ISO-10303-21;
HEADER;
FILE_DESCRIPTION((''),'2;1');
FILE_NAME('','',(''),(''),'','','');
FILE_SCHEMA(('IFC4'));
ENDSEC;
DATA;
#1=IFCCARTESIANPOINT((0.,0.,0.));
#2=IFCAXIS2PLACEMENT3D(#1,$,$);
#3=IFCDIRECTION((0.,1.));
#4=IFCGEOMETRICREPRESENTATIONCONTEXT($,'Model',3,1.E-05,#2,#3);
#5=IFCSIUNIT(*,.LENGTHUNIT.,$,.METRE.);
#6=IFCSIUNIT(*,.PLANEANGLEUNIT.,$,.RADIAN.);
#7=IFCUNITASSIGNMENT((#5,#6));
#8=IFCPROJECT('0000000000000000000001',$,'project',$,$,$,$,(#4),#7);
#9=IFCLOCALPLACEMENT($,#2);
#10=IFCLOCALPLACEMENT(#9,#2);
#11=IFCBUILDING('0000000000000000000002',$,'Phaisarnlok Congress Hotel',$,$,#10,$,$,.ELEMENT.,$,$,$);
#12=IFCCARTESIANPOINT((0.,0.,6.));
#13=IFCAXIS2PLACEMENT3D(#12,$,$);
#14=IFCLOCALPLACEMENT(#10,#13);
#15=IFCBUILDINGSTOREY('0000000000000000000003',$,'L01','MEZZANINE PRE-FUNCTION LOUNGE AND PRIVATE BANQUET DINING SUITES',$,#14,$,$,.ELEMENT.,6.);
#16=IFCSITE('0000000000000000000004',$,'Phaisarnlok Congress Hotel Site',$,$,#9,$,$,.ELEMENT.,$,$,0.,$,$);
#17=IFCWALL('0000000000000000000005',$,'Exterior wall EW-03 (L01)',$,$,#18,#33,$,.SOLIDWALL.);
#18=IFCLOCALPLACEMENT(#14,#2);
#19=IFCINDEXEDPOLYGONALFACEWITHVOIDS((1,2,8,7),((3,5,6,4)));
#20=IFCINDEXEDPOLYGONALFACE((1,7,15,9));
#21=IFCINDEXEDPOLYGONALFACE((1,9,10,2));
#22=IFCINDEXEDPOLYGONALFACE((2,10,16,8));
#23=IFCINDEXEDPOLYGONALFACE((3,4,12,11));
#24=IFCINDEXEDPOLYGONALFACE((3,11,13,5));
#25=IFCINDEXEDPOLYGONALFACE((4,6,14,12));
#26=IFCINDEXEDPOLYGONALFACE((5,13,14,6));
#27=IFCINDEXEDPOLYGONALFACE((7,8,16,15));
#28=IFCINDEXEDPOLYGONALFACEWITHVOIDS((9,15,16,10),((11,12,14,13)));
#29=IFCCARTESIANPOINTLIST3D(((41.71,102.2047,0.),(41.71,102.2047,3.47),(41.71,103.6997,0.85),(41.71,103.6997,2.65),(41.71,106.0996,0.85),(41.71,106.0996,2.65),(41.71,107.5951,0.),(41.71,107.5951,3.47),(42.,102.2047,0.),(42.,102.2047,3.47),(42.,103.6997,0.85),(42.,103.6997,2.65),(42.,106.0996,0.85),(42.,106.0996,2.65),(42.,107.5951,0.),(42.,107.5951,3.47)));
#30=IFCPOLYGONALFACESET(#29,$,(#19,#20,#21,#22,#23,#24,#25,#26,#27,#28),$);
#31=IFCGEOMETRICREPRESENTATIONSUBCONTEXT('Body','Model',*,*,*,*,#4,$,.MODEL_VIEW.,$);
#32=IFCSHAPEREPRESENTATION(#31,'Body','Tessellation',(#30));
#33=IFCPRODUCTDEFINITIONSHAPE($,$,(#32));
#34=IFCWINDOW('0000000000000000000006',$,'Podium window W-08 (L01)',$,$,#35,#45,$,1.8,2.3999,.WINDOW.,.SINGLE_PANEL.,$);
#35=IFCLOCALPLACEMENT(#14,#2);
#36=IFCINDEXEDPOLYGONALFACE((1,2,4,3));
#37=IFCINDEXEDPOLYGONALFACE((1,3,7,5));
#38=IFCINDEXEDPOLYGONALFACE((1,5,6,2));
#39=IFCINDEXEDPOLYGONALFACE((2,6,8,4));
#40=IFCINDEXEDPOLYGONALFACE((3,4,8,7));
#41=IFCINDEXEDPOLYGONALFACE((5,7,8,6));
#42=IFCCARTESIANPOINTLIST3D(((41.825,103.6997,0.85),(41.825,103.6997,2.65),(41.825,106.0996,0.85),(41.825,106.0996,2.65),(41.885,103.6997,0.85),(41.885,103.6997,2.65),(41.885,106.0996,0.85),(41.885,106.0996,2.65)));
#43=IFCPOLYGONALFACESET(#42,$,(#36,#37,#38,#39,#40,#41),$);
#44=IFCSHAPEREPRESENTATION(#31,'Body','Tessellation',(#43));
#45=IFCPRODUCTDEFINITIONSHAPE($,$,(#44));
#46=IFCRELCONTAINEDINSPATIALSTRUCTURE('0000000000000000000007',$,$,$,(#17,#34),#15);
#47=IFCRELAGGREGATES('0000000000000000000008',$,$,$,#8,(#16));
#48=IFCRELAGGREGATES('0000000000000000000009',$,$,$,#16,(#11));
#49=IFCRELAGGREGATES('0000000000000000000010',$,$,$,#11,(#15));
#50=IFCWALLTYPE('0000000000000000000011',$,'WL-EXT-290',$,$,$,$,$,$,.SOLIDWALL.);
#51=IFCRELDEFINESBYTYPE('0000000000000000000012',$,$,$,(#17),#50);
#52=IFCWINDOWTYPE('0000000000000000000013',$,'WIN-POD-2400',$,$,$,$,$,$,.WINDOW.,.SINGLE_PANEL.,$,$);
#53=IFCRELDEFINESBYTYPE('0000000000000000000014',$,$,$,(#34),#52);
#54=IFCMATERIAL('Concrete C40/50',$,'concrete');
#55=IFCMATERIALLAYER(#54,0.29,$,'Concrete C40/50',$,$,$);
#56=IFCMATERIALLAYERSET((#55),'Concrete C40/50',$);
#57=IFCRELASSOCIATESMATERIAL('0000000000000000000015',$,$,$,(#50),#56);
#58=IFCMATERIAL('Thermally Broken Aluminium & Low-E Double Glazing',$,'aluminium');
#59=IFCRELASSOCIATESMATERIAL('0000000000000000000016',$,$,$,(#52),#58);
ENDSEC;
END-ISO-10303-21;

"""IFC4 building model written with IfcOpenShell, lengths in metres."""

from ifc_helpers import new_model, si_unit, direction, frame, frame_2d, origin, place, context, subcontext, project, spatial, rectangle, extrude, material, layer, layer_set, type_object, element, fill, save


model = new_model("IFC4")

# Units and contexts
model_context = context("Model", 3, precision=1e-05, world=origin(), true_north=direction((0.0, 1.0)))
body_context = subcontext(model_context, "Body", "Model", "MODEL_VIEW")
ifc_project = project(units=[si_unit("LENGTHUNIT", "METRE"), si_unit("PLANEANGLEUNIT", "RADIAN")], contexts=[model_context])

# Site, building, storey
site_placement = place(None, origin())
site = spatial("IfcSite", under=ifc_project, at=site_placement, Name="Phaisarnlok Congress Hotel Site", CompositionType="ELEMENT", RefElevation=0.0)
building_placement = place(site_placement, origin())
building = spatial("IfcBuilding", under=site, at=building_placement, Name="Phaisarnlok Congress Hotel", CompositionType="ELEMENT")
storey_placement = place(building_placement, frame((0.0, 0.0, 6.0)))
storey = spatial("IfcBuildingStorey", under=building, at=storey_placement, Name="L01", Description="MEZZANINE PRE-FUNCTION LOUNGE AND PRIVATE BANQUET DINING SUITES", CompositionType="ELEMENT", Elevation=6.0)

# Shared definitions
ifc_material_1 = material(Name="Concrete C40/50", Category="concrete")

# Wall, opening, window
ifc_layer_1 = layer(ifc_material_1, 0.29, Name="Concrete C40/50")
ifc_layer_set_1 = layer_set([ifc_layer_1], Name="Concrete C40/50")
wall_type = type_object("IfcWallType", Name="WL-EXT-290", PredefinedType="SOLIDWALL", material=ifc_layer_set_1)
ifc_material_2 = material(Name="Thermally Broken Aluminium & Low-E Double Glazing", Category="aluminium")
wall_1_placement = place(storey_placement, frame((41.855, 102.2046, 0.0), z_axis=(0.0, 0.0, 1.0), x_axis=(0.0, 1.0, 0.0)))
wall_1 = element("IfcWall", 1, at=wall_1_placement, inside=storey, type_object=wall_type, Name="Exterior wall EW-03 (L01)", PredefinedType="SOLIDWALL", context=body_context, shape_type="SweptSolid", body=[
    extrude(rectangle(XDim=5.3904, YDim=0.29, at=frame_2d((2.6953, 0.0))), origin(), (0.0, 0.0, 1.0), 3.47),
])
opening_1_placement = place(wall_1_placement, frame((1.4951, 0.0, 0.8501)))
opening_1 = element("IfcOpeningElement", 2, at=opening_1_placement, cuts=wall_1, PredefinedType="OPENING", context=body_context, shape_type="SweptSolid", body=[
    extrude(rectangle(XDim=2.3999, YDim=1.8, at=frame_2d((1.2, 0.8999))), frame((0.0, 0.155, 0.0), z_axis=(0.0, -1.0, 0.0), x_axis=(1.0, 0.0, 0.0)), (0.0, 0.0, 1.0), 0.3101),
])
window_type_1 = type_object("IfcWindowType", Name="WIN-POD-2400", PartitioningType="SINGLE_PANEL", PredefinedType="WINDOW", material=ifc_material_2)
window_1_placement = place(opening_1_placement, origin())
window_1 = element("IfcWindow", 3, at=window_1_placement, inside=storey, type_object=window_type_1, Name="Podium window W-08 (L01)", OverallHeight=1.8, OverallWidth=2.3999, PartitioningType="SINGLE_PANEL", PredefinedType="WINDOW", context=body_context, shape_type="SweptSolid", body=[
    extrude(rectangle(XDim=2.3999, YDim=1.8, at=frame_2d((1.2, 0.8999))), frame((0.0, 0.03, 0.0), z_axis=(0.0, -1.0, 0.0), x_axis=(1.0, 0.0, 0.0)), (0.0, 0.0, 1.0), 0.0601),
])
fill(opening_1, window_1)

save(model, "model.ifc")
